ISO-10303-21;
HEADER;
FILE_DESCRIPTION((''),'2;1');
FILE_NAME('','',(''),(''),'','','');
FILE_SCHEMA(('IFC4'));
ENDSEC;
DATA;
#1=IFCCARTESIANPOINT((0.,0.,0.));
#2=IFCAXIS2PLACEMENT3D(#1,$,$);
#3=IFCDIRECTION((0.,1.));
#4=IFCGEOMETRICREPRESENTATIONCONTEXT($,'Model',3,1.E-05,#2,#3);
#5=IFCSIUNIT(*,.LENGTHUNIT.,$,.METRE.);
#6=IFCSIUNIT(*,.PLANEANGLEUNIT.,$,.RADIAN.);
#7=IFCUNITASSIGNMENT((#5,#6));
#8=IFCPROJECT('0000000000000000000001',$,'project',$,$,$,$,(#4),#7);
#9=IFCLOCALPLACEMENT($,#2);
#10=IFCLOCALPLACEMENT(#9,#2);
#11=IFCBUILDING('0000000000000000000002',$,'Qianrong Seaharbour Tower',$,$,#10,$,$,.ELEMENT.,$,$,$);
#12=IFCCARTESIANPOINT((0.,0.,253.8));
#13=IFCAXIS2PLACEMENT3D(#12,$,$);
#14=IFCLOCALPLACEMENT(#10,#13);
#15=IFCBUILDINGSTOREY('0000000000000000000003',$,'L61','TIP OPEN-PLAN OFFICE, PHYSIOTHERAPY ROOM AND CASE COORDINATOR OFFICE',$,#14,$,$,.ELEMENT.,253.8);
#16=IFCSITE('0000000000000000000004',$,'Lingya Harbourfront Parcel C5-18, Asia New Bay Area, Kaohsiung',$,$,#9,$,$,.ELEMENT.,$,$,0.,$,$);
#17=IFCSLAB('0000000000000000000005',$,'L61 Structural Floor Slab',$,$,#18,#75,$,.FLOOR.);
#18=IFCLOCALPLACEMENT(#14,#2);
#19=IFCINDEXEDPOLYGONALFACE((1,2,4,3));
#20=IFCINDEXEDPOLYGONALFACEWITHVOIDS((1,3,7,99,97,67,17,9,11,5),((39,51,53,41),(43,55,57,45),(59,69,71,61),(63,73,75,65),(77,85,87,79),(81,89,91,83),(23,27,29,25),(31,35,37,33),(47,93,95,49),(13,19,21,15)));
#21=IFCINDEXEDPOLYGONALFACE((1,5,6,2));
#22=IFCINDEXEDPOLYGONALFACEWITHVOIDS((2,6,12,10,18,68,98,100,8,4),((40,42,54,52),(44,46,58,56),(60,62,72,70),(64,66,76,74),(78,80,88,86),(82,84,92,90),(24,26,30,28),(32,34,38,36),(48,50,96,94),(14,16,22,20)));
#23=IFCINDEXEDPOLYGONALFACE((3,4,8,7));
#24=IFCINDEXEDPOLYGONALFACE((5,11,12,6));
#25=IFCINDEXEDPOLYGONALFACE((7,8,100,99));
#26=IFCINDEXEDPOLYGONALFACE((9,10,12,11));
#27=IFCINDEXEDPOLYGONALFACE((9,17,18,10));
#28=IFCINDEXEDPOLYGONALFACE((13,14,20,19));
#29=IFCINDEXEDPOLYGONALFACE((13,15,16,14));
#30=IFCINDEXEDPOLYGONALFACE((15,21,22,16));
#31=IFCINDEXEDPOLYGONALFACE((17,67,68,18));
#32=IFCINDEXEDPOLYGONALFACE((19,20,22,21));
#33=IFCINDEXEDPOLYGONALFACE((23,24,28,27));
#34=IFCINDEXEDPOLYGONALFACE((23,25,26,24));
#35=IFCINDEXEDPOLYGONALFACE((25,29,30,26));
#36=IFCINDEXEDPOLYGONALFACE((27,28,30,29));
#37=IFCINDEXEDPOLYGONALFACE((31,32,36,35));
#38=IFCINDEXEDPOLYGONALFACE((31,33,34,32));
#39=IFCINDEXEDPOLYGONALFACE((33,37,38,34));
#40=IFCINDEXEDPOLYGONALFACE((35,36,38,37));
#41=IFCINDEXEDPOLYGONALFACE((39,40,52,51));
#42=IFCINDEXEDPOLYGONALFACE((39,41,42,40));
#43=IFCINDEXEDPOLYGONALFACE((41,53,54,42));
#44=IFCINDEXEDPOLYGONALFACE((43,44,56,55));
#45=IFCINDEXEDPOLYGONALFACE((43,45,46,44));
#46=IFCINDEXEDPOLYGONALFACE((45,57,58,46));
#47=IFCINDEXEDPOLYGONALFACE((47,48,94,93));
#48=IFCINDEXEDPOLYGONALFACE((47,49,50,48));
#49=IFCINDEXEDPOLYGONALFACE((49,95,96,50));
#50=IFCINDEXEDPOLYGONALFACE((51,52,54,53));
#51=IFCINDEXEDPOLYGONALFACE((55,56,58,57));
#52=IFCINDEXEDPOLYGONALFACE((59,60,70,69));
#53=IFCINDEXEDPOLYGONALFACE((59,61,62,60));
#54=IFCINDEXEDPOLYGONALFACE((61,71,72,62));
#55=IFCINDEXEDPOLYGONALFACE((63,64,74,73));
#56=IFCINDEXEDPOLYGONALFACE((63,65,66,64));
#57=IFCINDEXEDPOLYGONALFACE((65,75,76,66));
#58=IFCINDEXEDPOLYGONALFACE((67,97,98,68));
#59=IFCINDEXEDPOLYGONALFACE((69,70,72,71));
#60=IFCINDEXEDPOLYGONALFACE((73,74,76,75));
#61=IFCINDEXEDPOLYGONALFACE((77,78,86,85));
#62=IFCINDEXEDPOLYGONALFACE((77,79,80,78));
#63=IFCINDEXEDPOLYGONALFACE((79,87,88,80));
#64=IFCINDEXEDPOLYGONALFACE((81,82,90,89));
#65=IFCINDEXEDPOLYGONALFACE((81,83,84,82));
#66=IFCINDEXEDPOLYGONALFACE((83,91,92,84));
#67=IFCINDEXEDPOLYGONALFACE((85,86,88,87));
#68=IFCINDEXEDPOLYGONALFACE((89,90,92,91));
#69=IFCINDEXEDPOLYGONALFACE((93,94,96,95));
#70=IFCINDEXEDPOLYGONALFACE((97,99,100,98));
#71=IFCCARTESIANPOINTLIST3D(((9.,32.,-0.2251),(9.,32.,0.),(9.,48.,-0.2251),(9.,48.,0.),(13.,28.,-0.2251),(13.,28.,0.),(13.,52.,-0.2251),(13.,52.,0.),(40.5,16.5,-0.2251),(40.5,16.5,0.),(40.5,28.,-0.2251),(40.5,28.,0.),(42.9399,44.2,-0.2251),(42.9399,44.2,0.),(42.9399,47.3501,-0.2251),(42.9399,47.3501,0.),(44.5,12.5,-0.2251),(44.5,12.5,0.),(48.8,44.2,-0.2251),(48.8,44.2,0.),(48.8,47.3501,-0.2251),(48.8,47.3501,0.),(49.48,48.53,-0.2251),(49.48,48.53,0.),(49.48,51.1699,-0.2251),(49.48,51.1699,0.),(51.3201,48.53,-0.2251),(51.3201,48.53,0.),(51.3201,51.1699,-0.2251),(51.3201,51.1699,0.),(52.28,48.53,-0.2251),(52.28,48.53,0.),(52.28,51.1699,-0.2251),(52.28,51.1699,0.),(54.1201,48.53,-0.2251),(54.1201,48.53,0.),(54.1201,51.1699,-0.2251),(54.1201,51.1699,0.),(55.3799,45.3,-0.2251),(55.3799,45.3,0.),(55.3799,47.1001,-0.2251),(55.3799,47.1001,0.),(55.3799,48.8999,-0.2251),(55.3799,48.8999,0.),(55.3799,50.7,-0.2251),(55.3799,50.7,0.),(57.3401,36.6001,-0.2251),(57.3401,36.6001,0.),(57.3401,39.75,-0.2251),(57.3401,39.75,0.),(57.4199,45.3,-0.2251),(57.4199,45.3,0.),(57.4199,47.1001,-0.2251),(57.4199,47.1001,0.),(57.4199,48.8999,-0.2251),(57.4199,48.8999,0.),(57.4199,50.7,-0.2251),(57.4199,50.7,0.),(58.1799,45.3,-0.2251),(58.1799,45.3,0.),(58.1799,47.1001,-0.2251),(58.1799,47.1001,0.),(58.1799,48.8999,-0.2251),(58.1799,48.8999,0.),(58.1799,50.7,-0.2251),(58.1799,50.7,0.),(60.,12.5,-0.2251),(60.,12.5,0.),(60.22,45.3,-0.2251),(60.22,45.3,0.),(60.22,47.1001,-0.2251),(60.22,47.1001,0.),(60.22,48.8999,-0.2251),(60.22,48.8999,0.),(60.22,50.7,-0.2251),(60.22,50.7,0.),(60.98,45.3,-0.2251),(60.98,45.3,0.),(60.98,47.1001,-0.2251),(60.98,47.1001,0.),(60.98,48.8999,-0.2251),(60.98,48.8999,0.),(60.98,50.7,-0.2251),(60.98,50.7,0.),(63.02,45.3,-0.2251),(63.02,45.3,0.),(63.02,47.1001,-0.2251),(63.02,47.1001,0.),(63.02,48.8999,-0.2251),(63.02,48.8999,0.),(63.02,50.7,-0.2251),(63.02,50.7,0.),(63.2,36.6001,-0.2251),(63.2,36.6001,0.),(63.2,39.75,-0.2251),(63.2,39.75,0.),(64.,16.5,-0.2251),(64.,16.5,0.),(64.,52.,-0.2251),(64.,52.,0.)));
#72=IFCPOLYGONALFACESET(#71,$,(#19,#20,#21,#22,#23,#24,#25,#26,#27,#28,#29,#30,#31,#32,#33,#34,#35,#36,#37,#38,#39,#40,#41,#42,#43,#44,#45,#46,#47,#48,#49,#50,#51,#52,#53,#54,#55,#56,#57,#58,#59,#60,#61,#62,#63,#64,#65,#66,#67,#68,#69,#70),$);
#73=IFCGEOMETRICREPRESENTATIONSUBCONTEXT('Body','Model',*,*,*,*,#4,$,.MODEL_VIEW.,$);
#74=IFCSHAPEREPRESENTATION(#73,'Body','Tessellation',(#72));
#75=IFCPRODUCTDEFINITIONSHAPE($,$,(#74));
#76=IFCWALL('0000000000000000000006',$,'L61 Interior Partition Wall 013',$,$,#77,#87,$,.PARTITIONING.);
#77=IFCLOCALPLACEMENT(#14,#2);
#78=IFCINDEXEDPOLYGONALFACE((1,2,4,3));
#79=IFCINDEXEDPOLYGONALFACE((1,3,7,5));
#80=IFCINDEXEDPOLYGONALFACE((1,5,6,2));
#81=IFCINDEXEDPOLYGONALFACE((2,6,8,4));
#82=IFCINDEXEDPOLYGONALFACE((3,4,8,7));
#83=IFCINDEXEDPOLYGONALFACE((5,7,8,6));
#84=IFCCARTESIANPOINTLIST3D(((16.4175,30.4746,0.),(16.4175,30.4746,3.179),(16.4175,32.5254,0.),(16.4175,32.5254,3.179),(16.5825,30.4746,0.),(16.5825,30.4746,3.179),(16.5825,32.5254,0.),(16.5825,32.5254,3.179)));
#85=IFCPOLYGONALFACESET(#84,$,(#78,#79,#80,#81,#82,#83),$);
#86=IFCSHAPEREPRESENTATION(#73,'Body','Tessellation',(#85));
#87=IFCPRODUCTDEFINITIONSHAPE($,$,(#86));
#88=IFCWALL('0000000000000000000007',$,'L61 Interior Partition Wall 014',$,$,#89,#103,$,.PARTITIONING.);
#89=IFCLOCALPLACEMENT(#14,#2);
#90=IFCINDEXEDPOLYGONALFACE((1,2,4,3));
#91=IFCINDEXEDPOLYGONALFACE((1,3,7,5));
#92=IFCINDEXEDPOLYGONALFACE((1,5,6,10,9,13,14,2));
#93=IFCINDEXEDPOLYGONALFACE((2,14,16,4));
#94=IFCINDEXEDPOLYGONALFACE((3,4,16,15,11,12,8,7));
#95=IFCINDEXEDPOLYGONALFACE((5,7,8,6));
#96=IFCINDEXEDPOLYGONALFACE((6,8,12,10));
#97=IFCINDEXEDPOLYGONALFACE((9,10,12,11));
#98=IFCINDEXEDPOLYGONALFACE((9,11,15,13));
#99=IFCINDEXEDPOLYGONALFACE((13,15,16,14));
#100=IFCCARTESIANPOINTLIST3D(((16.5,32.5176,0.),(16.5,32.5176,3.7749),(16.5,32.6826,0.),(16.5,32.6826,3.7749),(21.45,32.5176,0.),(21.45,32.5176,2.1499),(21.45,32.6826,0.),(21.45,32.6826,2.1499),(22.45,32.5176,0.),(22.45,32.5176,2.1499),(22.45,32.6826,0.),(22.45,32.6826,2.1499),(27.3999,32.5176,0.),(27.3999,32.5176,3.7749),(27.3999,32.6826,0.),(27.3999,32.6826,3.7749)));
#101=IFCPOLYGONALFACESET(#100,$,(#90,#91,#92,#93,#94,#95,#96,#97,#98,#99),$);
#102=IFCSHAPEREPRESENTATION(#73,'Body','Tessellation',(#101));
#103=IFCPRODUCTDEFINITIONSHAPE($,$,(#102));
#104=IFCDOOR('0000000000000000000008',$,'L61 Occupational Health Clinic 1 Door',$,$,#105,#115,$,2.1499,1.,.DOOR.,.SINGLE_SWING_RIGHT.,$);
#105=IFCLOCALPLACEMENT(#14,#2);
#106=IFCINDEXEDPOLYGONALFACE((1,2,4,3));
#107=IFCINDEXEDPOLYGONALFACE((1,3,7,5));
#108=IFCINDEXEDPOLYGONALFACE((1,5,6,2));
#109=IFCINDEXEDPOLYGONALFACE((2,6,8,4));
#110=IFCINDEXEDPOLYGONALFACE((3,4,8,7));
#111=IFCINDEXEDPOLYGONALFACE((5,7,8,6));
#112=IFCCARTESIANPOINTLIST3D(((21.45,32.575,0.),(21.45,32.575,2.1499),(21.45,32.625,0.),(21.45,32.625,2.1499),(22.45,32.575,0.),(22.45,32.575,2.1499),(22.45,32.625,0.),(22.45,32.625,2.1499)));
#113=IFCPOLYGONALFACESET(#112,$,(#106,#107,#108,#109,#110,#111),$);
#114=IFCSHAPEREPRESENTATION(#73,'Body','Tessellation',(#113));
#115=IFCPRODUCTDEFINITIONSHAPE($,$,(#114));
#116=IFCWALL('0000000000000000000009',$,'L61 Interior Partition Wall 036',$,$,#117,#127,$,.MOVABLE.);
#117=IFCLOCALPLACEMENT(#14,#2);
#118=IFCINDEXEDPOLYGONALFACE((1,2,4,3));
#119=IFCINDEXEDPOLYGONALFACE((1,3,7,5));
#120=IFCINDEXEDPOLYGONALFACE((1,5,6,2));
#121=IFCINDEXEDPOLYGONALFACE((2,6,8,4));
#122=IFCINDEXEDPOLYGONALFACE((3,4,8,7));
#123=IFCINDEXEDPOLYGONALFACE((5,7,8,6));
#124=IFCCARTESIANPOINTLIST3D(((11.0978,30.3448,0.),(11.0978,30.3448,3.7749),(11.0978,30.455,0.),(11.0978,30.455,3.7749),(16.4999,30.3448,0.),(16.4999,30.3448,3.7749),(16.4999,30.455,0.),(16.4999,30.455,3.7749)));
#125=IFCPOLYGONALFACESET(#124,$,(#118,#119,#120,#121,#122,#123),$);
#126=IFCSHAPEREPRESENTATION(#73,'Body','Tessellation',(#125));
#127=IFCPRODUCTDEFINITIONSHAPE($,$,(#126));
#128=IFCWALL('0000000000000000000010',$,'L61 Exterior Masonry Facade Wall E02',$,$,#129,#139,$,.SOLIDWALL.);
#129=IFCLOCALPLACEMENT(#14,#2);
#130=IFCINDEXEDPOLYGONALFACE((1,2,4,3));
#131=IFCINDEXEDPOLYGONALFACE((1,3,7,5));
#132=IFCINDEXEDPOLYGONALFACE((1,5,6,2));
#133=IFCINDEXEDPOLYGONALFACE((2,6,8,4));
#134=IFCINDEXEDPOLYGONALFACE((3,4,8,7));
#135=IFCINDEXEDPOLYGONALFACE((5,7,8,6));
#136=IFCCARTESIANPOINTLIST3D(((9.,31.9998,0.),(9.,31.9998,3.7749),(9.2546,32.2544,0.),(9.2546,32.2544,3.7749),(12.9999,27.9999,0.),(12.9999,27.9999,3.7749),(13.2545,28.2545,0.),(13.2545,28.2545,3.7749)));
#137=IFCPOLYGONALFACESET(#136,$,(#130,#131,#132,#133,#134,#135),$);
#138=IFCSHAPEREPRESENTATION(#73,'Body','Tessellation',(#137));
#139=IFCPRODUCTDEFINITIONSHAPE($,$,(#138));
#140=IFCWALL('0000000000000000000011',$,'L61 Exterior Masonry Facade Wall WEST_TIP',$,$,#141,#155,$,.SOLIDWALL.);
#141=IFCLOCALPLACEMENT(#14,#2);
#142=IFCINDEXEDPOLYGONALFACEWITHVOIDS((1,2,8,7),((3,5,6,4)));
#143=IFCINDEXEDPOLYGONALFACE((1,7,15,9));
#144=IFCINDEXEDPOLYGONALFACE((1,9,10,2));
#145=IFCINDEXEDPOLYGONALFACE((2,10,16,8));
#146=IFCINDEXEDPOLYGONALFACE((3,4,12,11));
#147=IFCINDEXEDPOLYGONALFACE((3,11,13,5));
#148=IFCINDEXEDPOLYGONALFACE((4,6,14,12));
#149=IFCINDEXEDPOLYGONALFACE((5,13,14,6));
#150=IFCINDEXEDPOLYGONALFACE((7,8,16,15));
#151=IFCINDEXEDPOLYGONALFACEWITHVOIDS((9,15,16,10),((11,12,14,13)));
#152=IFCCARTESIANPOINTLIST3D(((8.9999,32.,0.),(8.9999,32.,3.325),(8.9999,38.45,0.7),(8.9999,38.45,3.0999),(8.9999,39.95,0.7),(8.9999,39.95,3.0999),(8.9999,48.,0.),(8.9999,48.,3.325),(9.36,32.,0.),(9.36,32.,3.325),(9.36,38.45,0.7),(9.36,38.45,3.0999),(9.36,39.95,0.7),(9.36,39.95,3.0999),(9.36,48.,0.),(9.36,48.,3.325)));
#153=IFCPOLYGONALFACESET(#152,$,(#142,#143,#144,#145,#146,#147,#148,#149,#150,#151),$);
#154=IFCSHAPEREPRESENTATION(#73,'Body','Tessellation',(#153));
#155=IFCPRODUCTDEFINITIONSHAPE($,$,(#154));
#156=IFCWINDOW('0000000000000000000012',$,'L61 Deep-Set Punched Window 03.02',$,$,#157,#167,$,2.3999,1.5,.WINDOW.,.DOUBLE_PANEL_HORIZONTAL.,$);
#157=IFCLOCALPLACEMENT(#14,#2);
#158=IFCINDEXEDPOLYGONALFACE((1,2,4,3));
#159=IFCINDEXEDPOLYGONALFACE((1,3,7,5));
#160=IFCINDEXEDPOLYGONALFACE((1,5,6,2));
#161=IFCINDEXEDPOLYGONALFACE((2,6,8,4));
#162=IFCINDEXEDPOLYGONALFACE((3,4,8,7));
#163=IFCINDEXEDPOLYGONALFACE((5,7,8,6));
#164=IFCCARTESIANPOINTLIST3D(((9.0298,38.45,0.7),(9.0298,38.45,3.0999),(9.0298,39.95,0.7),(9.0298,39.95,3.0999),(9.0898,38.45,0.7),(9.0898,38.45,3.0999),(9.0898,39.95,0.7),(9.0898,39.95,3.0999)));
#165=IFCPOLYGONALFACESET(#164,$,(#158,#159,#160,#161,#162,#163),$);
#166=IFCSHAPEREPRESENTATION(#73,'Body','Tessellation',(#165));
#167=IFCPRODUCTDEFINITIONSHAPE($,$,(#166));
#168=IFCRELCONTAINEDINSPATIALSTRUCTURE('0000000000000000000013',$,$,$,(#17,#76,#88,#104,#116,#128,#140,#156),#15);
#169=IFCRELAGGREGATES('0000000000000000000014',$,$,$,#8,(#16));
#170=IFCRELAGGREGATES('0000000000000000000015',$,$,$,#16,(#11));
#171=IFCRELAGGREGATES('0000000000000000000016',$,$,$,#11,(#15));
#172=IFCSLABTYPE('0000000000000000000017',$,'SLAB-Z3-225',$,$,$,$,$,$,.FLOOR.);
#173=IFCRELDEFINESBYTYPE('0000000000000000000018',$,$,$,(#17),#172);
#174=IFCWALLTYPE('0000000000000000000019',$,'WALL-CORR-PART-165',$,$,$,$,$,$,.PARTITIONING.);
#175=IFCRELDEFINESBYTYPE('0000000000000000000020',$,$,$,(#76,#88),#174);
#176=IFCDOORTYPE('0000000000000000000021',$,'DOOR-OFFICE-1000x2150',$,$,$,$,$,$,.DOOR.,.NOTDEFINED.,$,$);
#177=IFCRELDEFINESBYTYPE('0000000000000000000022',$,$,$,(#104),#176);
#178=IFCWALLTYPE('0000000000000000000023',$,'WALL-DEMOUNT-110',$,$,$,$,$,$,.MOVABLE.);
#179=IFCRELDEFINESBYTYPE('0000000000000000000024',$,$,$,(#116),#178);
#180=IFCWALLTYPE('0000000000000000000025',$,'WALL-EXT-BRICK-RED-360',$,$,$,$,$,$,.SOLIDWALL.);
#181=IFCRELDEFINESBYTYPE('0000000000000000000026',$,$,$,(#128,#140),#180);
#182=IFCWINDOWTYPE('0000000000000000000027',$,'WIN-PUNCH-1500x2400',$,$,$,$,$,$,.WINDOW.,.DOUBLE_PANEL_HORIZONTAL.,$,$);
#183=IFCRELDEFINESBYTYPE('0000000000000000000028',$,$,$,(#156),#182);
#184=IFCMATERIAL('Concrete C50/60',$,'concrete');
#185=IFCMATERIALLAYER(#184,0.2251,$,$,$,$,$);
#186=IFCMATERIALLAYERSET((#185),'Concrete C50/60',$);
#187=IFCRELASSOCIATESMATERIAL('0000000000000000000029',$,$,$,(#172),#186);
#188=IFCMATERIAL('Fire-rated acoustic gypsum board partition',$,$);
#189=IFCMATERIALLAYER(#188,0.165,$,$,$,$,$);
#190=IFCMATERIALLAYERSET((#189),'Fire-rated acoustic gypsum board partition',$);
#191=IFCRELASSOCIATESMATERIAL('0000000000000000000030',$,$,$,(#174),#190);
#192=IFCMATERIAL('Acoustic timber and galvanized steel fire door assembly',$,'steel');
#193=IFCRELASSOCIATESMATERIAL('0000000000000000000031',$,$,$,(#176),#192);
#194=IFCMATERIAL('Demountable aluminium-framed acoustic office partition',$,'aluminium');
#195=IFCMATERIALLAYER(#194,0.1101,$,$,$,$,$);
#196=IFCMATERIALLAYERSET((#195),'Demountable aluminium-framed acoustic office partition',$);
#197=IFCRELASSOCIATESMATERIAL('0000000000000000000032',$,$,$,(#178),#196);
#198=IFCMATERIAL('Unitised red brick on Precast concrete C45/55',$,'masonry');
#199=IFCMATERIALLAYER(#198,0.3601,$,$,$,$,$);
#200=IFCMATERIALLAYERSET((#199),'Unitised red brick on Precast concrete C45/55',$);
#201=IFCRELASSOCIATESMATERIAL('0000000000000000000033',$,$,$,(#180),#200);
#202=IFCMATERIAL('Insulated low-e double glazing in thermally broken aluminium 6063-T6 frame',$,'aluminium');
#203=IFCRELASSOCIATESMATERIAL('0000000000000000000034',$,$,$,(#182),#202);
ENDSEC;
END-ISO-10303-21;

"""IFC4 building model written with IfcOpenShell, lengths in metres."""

from ifc_helpers import new_model, si_unit, direction, frame, frame_2d, origin, place, context, subcontext, project, spatial, polyline, rectangle, outline, extrude, material, layer, layer_set, type_object, element, fill, save


model = new_model("IFC4")

# Units and contexts
model_context = context("Model", 3, precision=1e-05, world=origin(), true_north=direction((0.0, 1.0)))
body_context = subcontext(model_context, "Body", "Model", "MODEL_VIEW")
ifc_project = project(units=[si_unit("LENGTHUNIT", "METRE"), si_unit("PLANEANGLEUNIT", "RADIAN")], contexts=[model_context])

# Site, building, storey
site_placement = place(None, origin())
site = spatial("IfcSite", under=ifc_project, at=site_placement, Name="Lingya Harbourfront Parcel C5-18, Asia New Bay Area, Kaohsiung", CompositionType="ELEMENT", RefElevation=0.0)
building_placement = place(site_placement, origin())
building = spatial("IfcBuilding", under=site, at=building_placement, Name="Qianrong Seaharbour Tower", CompositionType="ELEMENT")
storey_placement = place(building_placement, frame((0.0, 0.0, 253.8)))
storey = spatial("IfcBuildingStorey", under=building, at=storey_placement, Name="L61", Description="TIP OPEN-PLAN OFFICE, PHYSIOTHERAPY ROOM AND CASE COORDINATOR OFFICE", CompositionType="ELEMENT", Elevation=253.8)

# Shared definitions
ifc_material_1 = material(Name="Concrete C50/60", Category="concrete")

# Slab
ifc_layer_1 = layer(ifc_material_1, 0.2251)
ifc_layer_set_1 = layer_set([ifc_layer_1], Name="Concrete C50/60")
slab_type_1 = type_object("IfcSlabType", Name="SLAB-Z3-225", PredefinedType="FLOOR", material=ifc_layer_set_1)
slab_1_placement = place(storey_placement, frame((0.0, 0.0, -0.2251)))
element("IfcSlab", 1, at=slab_1_placement, inside=storey, type_object=slab_type_1, Name="L61 Structural Floor Slab", PredefinedType="FLOOR", context=body_context, shape_type="SweptSolid", body=[
    extrude(outline(polyline([(44.5, 12.5), (60.0, 12.5), (64.0, 16.5), (64.0, 52.0), (13.0, 52.0), (9.0, 48.0), (9.0, 32.0), (13.0, 28.0), (40.5, 28.0), (40.5, 16.5), (44.5, 12.5)]), holes=[polyline([(42.9399, 44.2), (42.9399, 47.3501), (48.8, 47.3501), (48.8, 44.2), (42.9399, 44.2)]), polyline([(57.3401, 36.6001), (57.3401, 39.75), (63.2, 39.75), (63.2, 36.6001), (57.3401, 36.6001)]), polyline([(49.48, 48.53), (49.48, 51.1699), (51.3201, 51.1699), (51.3201, 48.53), (49.48, 48.53)]), polyline([(52.28, 48.53), (52.28, 51.1699), (54.1201, 51.1699), (54.1201, 48.53), (52.28, 48.53)]), polyline([(55.3799, 45.3), (55.3799, 47.1001), (57.4199, 47.1001), (57.4199, 45.3), (55.3799, 45.3)]), polyline([(58.1799, 45.3), (58.1799, 47.1001), (60.22, 47.1001), (60.22, 45.3), (58.1799, 45.3)]), polyline([(60.98, 45.3), (60.98, 47.1001), (63.02, 47.1001), (63.02, 45.3), (60.98, 45.3)]), polyline([(55.3799, 48.8999), (55.3799, 50.7), (57.4199, 50.7), (57.4199, 48.8999), (55.3799, 48.8999)]), polyline([(58.1799, 48.8999), (58.1799, 50.7), (60.22, 50.7), (60.22, 48.8999), (58.1799, 48.8999)]), polyline([(60.98, 48.8999), (60.98, 50.7), (63.02, 50.7), (63.02, 48.8999), (60.98, 48.8999)])]), origin(), (0.0, 0.0, 1.0), 0.2251),
])

# Wall
ifc_material_2 = material(Name="Fire-rated acoustic gypsum board partition")
ifc_layer_2 = layer(ifc_material_2, 0.165)
ifc_layer_set_2 = layer_set([ifc_layer_2], Name="Fire-rated acoustic gypsum board partition")
wall_type_1 = type_object("IfcWallType", Name="WALL-CORR-PART-165", PredefinedType="PARTITIONING", material=ifc_layer_set_2)
wall_1_placement = place(storey_placement, frame((16.5, 30.4746, 0.0), z_axis=(0.0, 0.0, 1.0), x_axis=(0.0, 1.0, 0.0)))
element("IfcWall", 2, at=wall_1_placement, inside=storey, type_object=wall_type_1, Name="L61 Interior Partition Wall 013", PredefinedType="PARTITIONING", context=body_context, shape_type="SweptSolid", body=[
    extrude(rectangle(XDim=2.0508, YDim=0.165, at=frame_2d((1.0254, 0.0))), origin(), (0.0, 0.0, 1.0), 3.179),
])

# Wall, opening, door
wall_2_placement = place(storey_placement, frame((16.5, 32.6001, 0.0), z_axis=(0.0, 0.0, 1.0), x_axis=(1.0, 0.0, 0.0)))
wall_2 = element("IfcWall", 3, at=wall_2_placement, inside=storey, type_object=wall_type_1, Name="L61 Interior Partition Wall 014", PredefinedType="PARTITIONING", context=body_context, shape_type="SweptSolid", body=[
    extrude(rectangle(XDim=10.8999, YDim=0.165, at=frame_2d((5.45, 0.0))), origin(), (0.0, 0.0, 1.0), 3.7749),
])
opening_1_placement = place(wall_2_placement, frame((4.95, 0.0, 0.0)))
opening_1 = element("IfcOpeningElement", 4, at=opening_1_placement, cuts=wall_2, PredefinedType="OPENING", context=body_context, shape_type="SweptSolid", body=[
    extrude(rectangle(XDim=1.0, YDim=2.1499, at=frame_2d((0.5, 1.075))), frame((0.0, 0.0925, 0.0), z_axis=(0.0, -1.0, 0.0), x_axis=(1.0, 0.0, 0.0)), (0.0, 0.0, 1.0), 0.1851),
])
ifc_material_3 = material(Name="Acoustic timber and galvanized steel fire door assembly", Category="steel")
door_type = type_object("IfcDoorType", Name="DOOR-OFFICE-1000x2150", OperationType="NOTDEFINED", PredefinedType="DOOR", material=ifc_material_3)
door_placement = place(opening_1_placement, origin())
door = element("IfcDoor", 5, at=door_placement, inside=storey, type_object=door_type, Name="L61 Occupational Health Clinic 1 Door", OperationType="SINGLE_SWING_RIGHT", OverallHeight=2.1499, OverallWidth=1.0, PredefinedType="DOOR", context=body_context, shape_type="SweptSolid", body=[
    extrude(rectangle(XDim=1.0, YDim=2.1499, at=frame_2d((0.5, 1.075))), frame((0.0, 0.0249, 0.0), z_axis=(0.0, -1.0, 0.0), x_axis=(1.0, 0.0, 0.0)), (0.0, 0.0, 1.0), 0.05),
])
fill(opening_1, door)

# Walls
ifc_material_4 = material(Name="Demountable aluminium-framed acoustic office partition", Category="aluminium")
ifc_layer_3 = layer(ifc_material_4, 0.1101)
ifc_layer_set_3 = layer_set([ifc_layer_3], Name="Demountable aluminium-framed acoustic office partition")
wall_type_2 = type_object("IfcWallType", Name="WALL-DEMOUNT-110", PredefinedType="MOVABLE", material=ifc_layer_set_3)
wall_3_placement = place(storey_placement, frame((16.5, 30.3999, 0.0), z_axis=(0.0, 0.0, 1.0), x_axis=(-1.0, 0.0, 0.0)))
element("IfcWall", 6, at=wall_3_placement, inside=storey, type_object=wall_type_2, Name="L61 Interior Partition Wall 036", PredefinedType="MOVABLE", context=body_context, shape_type="SweptSolid", body=[
    extrude(rectangle(XDim=5.4021, YDim=0.1101, at=frame_2d((2.7012, 0.0))), origin(), (0.0, 0.0, 1.0), 3.7749),
])
ifc_material_5 = material(Name="Unitised red brick on Precast concrete C45/55", Category="masonry")
ifc_layer_4 = layer(ifc_material_5, 0.3601)
ifc_layer_set_4 = layer_set([ifc_layer_4], Name="Unitised red brick on Precast concrete C45/55")
wall_type_3 = type_object("IfcWallType", Name="WALL-EXT-BRICK-RED-360", PredefinedType="SOLIDWALL", material=ifc_layer_set_4)
wall_4_placement = place(storey_placement, frame((13.1272, 28.1272, 0.0), z_axis=(0.0, 0.0, 1.0), x_axis=(-0.707107, 0.707107, 0.0)))
element("IfcWall", 7, at=wall_4_placement, inside=storey, type_object=wall_type_3, Name="L61 Exterior Masonry Facade Wall E02", PredefinedType="SOLIDWALL", context=body_context, shape_type="SweptSolid", body=[
    extrude(rectangle(XDim=5.6567, YDim=0.3601, at=frame_2d((2.8284, 0.0))), origin(), (0.0, 0.0, 1.0), 3.7749),
])

# Wall, opening, window
wall_5_placement = place(storey_placement, frame((9.1799, 32.0, 0.0), z_axis=(0.0, 0.0, 1.0), x_axis=(0.0, 1.0, 0.0)))
wall_5 = element("IfcWall", 8, at=wall_5_placement, inside=storey, type_object=wall_type_3, Name="L61 Exterior Masonry Facade Wall WEST_TIP", PredefinedType="SOLIDWALL", context=body_context, shape_type="SweptSolid", body=[
    extrude(rectangle(XDim=16.0, YDim=0.3601, at=frame_2d((8.0, 0.0))), origin(), (0.0, 0.0, 1.0), 3.325),
])
opening_2_placement = place(wall_5_placement, frame((6.45, 0.0, 0.7)))
opening_2 = element("IfcOpeningElement", 9, at=opening_2_placement, cuts=wall_5, PredefinedType="OPENING", context=body_context, shape_type="SweptSolid", body=[
    extrude(rectangle(XDim=1.5, YDim=2.3999, at=frame_2d((0.75, 1.2))), frame((0.0, 0.1899, 0.0), z_axis=(0.0, -1.0, 0.0), x_axis=(1.0, 0.0, 0.0)), (0.0, 0.0, 1.0), 0.3801),
])
ifc_material_6 = material(Name="Insulated low-e double glazing in thermally broken aluminium 6063-T6 frame", Category="aluminium")
window_type = type_object("IfcWindowType", Name="WIN-PUNCH-1500x2400", PartitioningType="DOUBLE_PANEL_HORIZONTAL", PredefinedType="WINDOW", material=ifc_material_6)
window_placement = place(opening_2_placement, origin())
window = element("IfcWindow", 10, at=window_placement, inside=storey, type_object=window_type, Name="L61 Deep-Set Punched Window 03.02", OverallHeight=2.3999, OverallWidth=1.5, PartitioningType="DOUBLE_PANEL_HORIZONTAL", PredefinedType="WINDOW", context=body_context, shape_type="SweptSolid", body=[
    extrude(rectangle(XDim=1.5, YDim=2.3999, at=frame_2d((0.75, 1.2))), frame((0.0, 0.1501, 0.0), z_axis=(0.0, -1.0, 0.0), x_axis=(1.0, 0.0, 0.0)), (0.0, 0.0, 1.0), 0.0601),
])
fill(opening_2, window)

save(model, "model.ifc")
